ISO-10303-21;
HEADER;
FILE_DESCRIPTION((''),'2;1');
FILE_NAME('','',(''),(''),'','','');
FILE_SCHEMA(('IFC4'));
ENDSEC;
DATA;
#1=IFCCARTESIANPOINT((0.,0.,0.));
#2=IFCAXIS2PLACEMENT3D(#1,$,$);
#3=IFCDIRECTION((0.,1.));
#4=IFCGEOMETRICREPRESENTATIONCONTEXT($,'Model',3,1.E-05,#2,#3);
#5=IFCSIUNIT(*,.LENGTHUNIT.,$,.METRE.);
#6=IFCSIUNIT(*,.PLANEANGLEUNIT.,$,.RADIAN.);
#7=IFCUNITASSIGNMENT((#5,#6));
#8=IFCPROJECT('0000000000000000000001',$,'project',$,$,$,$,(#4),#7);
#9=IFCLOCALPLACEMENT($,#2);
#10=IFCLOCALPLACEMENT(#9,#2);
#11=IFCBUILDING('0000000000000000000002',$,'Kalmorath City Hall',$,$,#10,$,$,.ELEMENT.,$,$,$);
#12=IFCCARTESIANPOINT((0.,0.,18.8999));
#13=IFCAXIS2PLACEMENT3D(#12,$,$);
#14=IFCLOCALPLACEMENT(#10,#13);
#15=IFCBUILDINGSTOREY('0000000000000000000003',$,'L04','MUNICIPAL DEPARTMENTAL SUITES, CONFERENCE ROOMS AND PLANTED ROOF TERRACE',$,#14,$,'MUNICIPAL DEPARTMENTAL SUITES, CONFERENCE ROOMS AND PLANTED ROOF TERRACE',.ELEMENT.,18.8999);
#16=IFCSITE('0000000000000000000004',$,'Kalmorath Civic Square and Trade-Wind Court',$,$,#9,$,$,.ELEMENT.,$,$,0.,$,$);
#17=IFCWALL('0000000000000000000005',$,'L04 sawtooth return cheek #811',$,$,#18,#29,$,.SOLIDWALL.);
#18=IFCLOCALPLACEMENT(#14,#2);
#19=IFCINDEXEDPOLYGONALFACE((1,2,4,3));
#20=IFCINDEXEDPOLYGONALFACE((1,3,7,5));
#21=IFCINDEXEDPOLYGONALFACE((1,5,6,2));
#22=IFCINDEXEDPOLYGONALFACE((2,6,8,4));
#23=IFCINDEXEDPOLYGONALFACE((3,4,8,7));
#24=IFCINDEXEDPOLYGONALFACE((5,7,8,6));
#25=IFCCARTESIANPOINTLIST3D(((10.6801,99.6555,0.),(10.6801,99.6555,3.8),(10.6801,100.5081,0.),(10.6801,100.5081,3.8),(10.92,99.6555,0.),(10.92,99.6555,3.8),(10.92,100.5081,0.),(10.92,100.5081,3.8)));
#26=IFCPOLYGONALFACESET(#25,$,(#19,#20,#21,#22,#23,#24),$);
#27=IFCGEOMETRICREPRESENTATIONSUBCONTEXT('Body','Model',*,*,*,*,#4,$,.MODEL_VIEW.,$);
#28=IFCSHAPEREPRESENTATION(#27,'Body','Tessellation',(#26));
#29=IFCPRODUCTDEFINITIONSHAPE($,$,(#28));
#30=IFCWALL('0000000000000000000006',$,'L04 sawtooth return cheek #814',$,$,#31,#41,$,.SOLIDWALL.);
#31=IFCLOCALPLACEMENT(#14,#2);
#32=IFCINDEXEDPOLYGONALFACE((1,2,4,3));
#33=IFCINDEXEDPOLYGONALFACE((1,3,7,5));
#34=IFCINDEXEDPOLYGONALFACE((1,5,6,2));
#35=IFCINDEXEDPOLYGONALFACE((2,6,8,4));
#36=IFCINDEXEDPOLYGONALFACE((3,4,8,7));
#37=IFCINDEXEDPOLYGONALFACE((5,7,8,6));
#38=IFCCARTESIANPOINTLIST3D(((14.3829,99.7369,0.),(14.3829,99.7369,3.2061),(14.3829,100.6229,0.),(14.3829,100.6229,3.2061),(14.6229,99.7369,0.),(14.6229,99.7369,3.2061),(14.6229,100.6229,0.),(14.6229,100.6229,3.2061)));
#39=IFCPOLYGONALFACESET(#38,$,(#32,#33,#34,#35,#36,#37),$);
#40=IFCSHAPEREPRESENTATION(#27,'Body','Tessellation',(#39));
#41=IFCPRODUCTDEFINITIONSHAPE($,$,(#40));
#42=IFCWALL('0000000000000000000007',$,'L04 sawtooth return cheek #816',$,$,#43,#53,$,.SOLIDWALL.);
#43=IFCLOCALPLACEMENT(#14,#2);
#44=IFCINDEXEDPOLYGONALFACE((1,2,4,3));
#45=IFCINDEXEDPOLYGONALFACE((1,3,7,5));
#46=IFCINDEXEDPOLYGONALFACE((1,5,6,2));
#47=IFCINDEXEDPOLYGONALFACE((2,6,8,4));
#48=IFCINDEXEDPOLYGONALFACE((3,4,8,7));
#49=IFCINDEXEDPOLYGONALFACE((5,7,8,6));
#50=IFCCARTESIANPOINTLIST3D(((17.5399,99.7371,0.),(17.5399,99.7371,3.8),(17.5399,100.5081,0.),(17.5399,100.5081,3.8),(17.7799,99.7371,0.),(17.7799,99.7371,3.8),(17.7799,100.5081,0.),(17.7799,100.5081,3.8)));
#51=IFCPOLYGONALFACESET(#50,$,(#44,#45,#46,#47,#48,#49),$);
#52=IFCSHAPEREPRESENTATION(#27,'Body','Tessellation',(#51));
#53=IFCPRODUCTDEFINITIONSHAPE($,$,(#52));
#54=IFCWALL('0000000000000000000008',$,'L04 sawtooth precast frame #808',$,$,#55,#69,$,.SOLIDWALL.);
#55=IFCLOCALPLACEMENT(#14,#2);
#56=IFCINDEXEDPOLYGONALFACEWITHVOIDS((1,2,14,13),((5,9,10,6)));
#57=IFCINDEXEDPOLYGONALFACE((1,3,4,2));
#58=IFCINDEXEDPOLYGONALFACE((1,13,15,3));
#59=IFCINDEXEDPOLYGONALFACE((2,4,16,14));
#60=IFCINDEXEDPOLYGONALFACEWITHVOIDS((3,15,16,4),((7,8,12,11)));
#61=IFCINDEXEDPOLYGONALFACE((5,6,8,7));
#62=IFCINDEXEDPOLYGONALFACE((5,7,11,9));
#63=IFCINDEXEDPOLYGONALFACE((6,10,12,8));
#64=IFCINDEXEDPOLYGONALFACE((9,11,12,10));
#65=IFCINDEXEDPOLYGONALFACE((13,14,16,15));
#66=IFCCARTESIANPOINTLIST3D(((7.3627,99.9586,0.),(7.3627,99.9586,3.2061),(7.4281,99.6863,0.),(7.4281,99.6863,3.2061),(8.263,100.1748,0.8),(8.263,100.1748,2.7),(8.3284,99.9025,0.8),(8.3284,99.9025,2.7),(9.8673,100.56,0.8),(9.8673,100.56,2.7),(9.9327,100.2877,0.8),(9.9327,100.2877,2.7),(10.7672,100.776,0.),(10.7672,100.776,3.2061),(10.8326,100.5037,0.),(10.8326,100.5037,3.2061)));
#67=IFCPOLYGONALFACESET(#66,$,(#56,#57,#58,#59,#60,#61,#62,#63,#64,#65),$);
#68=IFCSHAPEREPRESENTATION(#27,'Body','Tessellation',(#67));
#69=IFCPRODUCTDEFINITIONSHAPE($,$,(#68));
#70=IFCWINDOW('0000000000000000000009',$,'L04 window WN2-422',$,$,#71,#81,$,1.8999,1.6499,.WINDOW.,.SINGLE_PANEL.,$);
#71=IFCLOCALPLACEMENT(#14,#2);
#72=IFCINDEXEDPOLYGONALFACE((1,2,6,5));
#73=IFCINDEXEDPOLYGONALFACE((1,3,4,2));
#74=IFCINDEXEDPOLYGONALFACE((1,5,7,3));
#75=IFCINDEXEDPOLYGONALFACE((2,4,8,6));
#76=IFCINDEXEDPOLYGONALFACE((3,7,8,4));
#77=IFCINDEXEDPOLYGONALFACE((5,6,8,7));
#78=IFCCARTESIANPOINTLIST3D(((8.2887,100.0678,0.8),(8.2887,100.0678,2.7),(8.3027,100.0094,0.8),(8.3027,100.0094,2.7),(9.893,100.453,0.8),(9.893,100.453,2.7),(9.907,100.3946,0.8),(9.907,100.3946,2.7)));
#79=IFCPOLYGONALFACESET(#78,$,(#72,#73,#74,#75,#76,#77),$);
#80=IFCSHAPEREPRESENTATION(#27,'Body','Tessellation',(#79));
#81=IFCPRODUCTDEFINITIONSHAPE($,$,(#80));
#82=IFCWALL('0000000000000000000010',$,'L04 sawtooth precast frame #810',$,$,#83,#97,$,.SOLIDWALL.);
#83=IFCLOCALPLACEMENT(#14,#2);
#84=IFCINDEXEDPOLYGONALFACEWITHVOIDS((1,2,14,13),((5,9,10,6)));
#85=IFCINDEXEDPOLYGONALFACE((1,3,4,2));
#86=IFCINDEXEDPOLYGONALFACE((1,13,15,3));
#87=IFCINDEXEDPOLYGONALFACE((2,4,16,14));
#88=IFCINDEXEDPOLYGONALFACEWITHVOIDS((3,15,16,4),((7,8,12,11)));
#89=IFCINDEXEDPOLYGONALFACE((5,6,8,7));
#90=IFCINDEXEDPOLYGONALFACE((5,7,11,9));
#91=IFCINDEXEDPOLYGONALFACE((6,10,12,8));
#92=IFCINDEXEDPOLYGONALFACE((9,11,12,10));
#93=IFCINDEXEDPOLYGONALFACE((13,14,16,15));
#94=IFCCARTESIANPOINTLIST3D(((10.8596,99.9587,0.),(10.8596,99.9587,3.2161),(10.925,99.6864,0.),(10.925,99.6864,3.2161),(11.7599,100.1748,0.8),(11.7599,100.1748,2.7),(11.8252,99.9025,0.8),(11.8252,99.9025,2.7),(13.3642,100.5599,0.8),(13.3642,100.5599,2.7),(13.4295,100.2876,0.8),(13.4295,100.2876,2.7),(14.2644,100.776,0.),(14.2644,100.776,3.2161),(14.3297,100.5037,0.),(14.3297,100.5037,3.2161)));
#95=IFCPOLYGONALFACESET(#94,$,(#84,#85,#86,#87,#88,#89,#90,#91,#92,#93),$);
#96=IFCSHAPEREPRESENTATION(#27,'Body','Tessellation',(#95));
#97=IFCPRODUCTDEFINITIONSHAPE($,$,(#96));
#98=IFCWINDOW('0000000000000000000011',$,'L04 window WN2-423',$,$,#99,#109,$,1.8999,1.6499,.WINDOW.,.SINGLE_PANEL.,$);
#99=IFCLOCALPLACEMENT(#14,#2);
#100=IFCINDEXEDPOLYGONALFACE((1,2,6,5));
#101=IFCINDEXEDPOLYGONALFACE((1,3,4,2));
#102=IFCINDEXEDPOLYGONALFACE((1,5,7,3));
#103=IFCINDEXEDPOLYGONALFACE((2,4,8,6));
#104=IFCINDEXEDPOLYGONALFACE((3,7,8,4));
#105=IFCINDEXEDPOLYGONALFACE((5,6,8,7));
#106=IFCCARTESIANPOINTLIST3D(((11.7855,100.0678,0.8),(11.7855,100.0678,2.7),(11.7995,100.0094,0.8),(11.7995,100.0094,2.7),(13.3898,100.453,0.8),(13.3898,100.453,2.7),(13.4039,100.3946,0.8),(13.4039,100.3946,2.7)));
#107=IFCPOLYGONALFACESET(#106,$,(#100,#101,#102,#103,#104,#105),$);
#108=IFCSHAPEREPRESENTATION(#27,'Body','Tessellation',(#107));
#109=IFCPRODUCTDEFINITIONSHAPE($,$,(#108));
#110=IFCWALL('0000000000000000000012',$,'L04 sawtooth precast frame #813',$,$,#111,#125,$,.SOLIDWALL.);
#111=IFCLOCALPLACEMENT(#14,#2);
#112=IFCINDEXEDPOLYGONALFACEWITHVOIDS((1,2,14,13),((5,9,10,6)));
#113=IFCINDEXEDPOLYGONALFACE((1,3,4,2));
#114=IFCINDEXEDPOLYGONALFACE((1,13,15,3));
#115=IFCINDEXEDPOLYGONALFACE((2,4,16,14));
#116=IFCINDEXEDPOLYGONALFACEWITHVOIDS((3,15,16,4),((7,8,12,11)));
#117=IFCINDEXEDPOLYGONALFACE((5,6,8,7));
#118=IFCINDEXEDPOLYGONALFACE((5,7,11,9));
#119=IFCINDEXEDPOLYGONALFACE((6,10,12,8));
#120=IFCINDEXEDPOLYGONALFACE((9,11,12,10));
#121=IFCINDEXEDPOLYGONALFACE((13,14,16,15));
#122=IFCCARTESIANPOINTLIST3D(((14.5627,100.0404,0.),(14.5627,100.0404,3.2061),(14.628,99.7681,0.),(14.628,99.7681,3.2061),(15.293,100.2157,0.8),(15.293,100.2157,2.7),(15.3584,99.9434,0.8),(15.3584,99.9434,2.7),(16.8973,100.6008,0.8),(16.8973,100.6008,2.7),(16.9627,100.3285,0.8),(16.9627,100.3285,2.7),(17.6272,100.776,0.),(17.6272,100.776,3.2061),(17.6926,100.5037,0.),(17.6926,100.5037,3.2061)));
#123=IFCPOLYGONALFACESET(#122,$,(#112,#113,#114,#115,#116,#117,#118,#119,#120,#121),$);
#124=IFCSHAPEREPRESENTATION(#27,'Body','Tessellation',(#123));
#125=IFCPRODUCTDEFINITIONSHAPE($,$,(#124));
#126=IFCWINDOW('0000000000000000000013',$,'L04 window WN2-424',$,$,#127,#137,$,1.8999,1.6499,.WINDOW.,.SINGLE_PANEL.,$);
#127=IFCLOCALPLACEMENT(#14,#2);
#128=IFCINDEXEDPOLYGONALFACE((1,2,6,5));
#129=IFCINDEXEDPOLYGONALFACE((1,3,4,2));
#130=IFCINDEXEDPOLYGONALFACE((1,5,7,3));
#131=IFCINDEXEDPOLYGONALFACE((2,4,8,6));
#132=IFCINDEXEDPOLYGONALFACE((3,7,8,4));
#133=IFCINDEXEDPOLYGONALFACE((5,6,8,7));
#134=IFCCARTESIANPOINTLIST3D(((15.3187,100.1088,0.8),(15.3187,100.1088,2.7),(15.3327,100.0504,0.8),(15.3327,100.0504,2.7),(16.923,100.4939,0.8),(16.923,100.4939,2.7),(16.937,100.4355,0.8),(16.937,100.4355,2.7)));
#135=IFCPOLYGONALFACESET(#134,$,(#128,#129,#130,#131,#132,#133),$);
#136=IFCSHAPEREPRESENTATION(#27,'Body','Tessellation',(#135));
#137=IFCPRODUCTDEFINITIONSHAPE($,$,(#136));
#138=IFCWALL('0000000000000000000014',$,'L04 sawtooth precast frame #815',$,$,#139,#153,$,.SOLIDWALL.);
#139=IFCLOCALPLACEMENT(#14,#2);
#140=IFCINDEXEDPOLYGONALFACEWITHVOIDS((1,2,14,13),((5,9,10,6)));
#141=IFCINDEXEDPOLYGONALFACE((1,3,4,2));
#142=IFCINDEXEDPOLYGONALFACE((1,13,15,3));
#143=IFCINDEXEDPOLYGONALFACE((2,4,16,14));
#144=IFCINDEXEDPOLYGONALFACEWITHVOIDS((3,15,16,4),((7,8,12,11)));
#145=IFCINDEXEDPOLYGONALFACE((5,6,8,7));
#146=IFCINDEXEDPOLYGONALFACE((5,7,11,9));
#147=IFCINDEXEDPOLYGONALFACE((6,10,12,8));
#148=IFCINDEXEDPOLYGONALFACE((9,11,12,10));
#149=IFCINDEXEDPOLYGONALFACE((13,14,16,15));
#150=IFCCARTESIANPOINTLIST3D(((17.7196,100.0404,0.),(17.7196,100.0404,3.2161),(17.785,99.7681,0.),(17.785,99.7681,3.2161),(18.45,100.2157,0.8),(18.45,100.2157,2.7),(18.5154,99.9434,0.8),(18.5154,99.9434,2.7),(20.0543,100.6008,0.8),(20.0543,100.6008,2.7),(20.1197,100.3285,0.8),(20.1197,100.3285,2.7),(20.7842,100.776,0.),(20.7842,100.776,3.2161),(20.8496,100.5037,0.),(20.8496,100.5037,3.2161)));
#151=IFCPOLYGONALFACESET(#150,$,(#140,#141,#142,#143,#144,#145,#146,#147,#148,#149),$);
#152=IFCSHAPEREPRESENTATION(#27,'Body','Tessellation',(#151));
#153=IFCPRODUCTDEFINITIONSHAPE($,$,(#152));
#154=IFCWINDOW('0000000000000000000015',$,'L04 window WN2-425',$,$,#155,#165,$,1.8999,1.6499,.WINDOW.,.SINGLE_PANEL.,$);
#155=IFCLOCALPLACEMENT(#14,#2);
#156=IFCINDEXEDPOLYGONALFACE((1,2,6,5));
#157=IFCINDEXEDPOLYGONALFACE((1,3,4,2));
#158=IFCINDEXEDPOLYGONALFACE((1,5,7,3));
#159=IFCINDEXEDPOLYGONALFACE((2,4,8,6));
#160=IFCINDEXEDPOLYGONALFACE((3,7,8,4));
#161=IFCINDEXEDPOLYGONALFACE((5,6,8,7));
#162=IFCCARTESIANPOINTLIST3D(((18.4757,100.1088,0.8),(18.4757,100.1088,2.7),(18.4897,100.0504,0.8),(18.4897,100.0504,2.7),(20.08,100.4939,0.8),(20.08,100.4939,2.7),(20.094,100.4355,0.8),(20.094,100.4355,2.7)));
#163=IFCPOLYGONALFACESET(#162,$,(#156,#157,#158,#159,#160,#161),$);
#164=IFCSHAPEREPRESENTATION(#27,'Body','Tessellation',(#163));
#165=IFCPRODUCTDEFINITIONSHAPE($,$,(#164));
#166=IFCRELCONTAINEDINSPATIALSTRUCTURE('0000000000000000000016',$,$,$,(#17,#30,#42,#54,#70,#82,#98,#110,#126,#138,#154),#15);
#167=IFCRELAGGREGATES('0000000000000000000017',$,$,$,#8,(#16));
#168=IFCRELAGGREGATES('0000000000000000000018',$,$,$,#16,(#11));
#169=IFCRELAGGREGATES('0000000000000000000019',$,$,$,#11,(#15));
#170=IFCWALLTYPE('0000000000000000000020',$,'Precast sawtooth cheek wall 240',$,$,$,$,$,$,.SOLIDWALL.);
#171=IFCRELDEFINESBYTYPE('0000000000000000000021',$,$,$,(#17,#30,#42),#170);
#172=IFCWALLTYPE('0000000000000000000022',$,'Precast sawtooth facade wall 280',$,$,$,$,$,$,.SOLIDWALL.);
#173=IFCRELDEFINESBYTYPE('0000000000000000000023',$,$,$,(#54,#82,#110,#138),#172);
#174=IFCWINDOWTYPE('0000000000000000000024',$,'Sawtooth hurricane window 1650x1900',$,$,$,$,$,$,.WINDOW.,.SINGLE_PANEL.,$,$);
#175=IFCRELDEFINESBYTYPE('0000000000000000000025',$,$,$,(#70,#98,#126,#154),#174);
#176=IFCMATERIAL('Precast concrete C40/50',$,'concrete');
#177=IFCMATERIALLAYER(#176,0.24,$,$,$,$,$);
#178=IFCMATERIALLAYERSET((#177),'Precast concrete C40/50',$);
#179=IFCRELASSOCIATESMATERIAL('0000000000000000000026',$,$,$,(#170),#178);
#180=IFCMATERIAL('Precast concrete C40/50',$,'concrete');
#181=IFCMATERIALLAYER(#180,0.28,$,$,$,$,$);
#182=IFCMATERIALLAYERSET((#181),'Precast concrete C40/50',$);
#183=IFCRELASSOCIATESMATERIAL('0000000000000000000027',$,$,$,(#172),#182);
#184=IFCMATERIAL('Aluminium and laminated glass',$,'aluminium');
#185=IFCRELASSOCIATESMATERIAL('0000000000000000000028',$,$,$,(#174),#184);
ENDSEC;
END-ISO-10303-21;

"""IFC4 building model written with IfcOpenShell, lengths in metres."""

from ifc_helpers import new_model, si_unit, direction, frame, frame_2d, origin, place, context, subcontext, project, spatial, rectangle, extrude, material, layer, layer_set, type_object, element, fill, save


model = new_model("IFC4")

# Units and contexts
model_context = context("Model", 3, precision=1e-05, world=origin(), true_north=direction((0.0, 1.0)))
body_context = subcontext(model_context, "Body", "Model", "MODEL_VIEW")
ifc_project = project(units=[si_unit("LENGTHUNIT", "METRE"), si_unit("PLANEANGLEUNIT", "RADIAN")], contexts=[model_context])

# Site, building, storey
site_placement = place(None, origin())
site = spatial("IfcSite", under=ifc_project, at=site_placement, Name="Kalmorath Civic Square and Trade-Wind Court", CompositionType="ELEMENT", RefElevation=0.0)
building_placement = place(site_placement, origin())
building = spatial("IfcBuilding", under=site, at=building_placement, Name="Kalmorath City Hall", CompositionType="ELEMENT")
storey_placement = place(building_placement, frame((0.0, 0.0, 18.8999)))
storey = spatial("IfcBuildingStorey", under=building, at=storey_placement, Name="L04", Description="MUNICIPAL DEPARTMENTAL SUITES, CONFERENCE ROOMS AND PLANTED ROOF TERRACE", LongName="MUNICIPAL DEPARTMENTAL SUITES, CONFERENCE ROOMS AND PLANTED ROOF TERRACE", CompositionType="ELEMENT", Elevation=18.8999)

# Walls
ifc_material_1 = material(Name="Precast concrete C40/50", Category="concrete")
ifc_layer_1 = layer(ifc_material_1, 0.24)
ifc_layer_set_1 = layer_set([ifc_layer_1], Name="Precast concrete C40/50")
wall_type_1 = type_object("IfcWallType", Name="Precast sawtooth cheek wall 240", PredefinedType="SOLIDWALL", material=ifc_layer_set_1)
wall_1_placement = place(storey_placement, frame((10.8, 99.6555, 0.0), z_axis=(0.0, 0.0, 1.0), x_axis=(0.0, 1.0, 0.0)))
element("IfcWall", 1, at=wall_1_placement, inside=storey, type_object=wall_type_1, Name="L04 sawtooth return cheek #811", PredefinedType="SOLIDWALL", context=body_context, shape_type="SweptSolid", body=[
    extrude(rectangle(XDim=0.8525, YDim=0.24, at=frame_2d((0.4263, 0.0))), origin(), (0.0, 0.0, 1.0), 3.8),
])
wall_2_placement = place(storey_placement, frame((14.5029, 99.7371, 0.0), z_axis=(0.0, 0.0, 1.0), x_axis=(0.0, 1.0, 0.0)))
element("IfcWall", 2, at=wall_2_placement, inside=storey, type_object=wall_type_1, Name="L04 sawtooth return cheek #814", PredefinedType="SOLIDWALL", context=body_context, shape_type="SweptSolid", body=[
    extrude(rectangle(XDim=0.886, YDim=0.24, at=frame_2d((0.4429, 0.0))), origin(), (0.0, 0.0, 1.0), 3.2061),
])
wall_3_placement = place(storey_placement, frame((17.6599, 99.7371, 0.0), z_axis=(0.0, 0.0, 1.0), x_axis=(0.0, 1.0, 0.0)))
element("IfcWall", 3, at=wall_3_placement, inside=storey, type_object=wall_type_1, Name="L04 sawtooth return cheek #816", PredefinedType="SOLIDWALL", context=body_context, shape_type="SweptSolid", body=[
    extrude(rectangle(XDim=0.771, YDim=0.24, at=frame_2d((0.3855, 0.0))), origin(), (0.0, 0.0, 1.0), 3.8),
])

# Walls, openings, windows
ifc_material_2 = material(Name="Precast concrete C40/50", Category="concrete")
ifc_layer_2 = layer(ifc_material_2, 0.28)
ifc_layer_set_2 = layer_set([ifc_layer_2], Name="Precast concrete C40/50")
wall_type_2 = type_object("IfcWallType", Name="Precast sawtooth facade wall 280", PredefinedType="SOLIDWALL", material=ifc_layer_set_2)
wall_4_placement = place(storey_placement, frame((7.3955, 99.8225, 0.0), z_axis=(0.0, 0.0, 1.0), x_axis=(0.972368, 0.233452, 0.0)))
wall_4 = element("IfcWall", 4, at=wall_4_placement, inside=storey, type_object=wall_type_2, Name="L04 sawtooth precast frame #808", PredefinedType="SOLIDWALL", context=body_context, shape_type="SweptSolid", body=[
    extrude(rectangle(XDim=3.5012, YDim=0.28, at=frame_2d((1.7505, 0.0))), origin(), (0.0, 0.0, 1.0), 3.2061),
])
opening_1_placement = place(wall_4_placement, frame((0.9258, 0.0, 0.8)))
opening_1 = element("IfcOpeningElement", 5, at=opening_1_placement, cuts=wall_4, PredefinedType="OPENING", context=body_context, shape_type="SweptSolid", body=[
    extrude(rectangle(XDim=1.6499, YDim=1.8999, at=frame_2d((0.825, 0.95))), frame((0.0, 0.1499, 0.0), z_axis=(0.0, -1.0, 0.0), x_axis=(1.0, 0.0, 0.0)), (0.0, 0.0, 1.0), 0.3),
])
ifc_material_3 = material(Name="Aluminium and laminated glass", Category="aluminium")
window_type = type_object("IfcWindowType", Name="Sawtooth hurricane window 1650x1900", PartitioningType="SINGLE_PANEL", PredefinedType="WINDOW", material=ifc_material_3)
window_1_placement = place(opening_1_placement, origin())
window_1 = element("IfcWindow", 6, at=window_1_placement, inside=storey, type_object=window_type, Name="L04 window WN2-422", OverallHeight=1.8999, OverallWidth=1.6499, PartitioningType="SINGLE_PANEL", PredefinedType="WINDOW", context=body_context, shape_type="SweptSolid", body=[
    extrude(rectangle(XDim=1.6499, YDim=1.8999, at=frame_2d((0.825, 0.95))), frame((0.0, 0.03, 0.0), z_axis=(0.0, -1.0, 0.0), x_axis=(1.0, 0.0, 0.0)), (0.0, 0.0, 1.0), 0.0601),
])
fill(opening_1, window_1)
wall_5_placement = place(storey_placement, frame((10.8923, 99.8225, 0.0), z_axis=(0.0, 0.0, 1.0), x_axis=(0.972372, 0.233436, 0.0)))
wall_5 = element("IfcWall", 7, at=wall_5_placement, inside=storey, type_object=wall_type_2, Name="L04 sawtooth precast frame #810", PredefinedType="SOLIDWALL", context=body_context, shape_type="SweptSolid", body=[
    extrude(rectangle(XDim=3.5015, YDim=0.28, at=frame_2d((1.7507, 0.0))), origin(), (0.0, 0.0, 1.0), 3.2161),
])
opening_2_placement = place(wall_5_placement, frame((0.9258, 0.0, 0.8)))
opening_2 = element("IfcOpeningElement", 8, at=opening_2_placement, cuts=wall_5, PredefinedType="OPENING", context=body_context, shape_type="SweptSolid", body=[
    extrude(rectangle(XDim=1.6499, YDim=1.8999, at=frame_2d((0.825, 0.95))), frame((0.0, 0.1499, 0.0), z_axis=(0.0, -1.0, 0.0), x_axis=(1.0, 0.0, 0.0)), (0.0, 0.0, 1.0), 0.3),
])
window_2_placement = place(opening_2_placement, origin())
window_2 = element("IfcWindow", 9, at=window_2_placement, inside=storey, type_object=window_type, Name="L04 window WN2-423", OverallHeight=1.8999, OverallWidth=1.6499, PartitioningType="SINGLE_PANEL", PredefinedType="WINDOW", context=body_context, shape_type="SweptSolid", body=[
    extrude(rectangle(XDim=1.6499, YDim=1.8999, at=frame_2d((0.825, 0.95))), frame((0.0, 0.03, 0.0), z_axis=(0.0, -1.0, 0.0), x_axis=(1.0, 0.0, 0.0)), (0.0, 0.0, 1.0), 0.0601),
])
fill(opening_2, window_2)
wall_6_placement = place(storey_placement, frame((14.5955, 99.9043, 0.0), z_axis=(0.0, 0.0, 1.0), x_axis=(0.972378, 0.233411, 0.0)))
wall_6 = element("IfcWall", 10, at=wall_6_placement, inside=storey, type_object=wall_type_2, Name="L04 sawtooth precast frame #813", PredefinedType="SOLIDWALL", context=body_context, shape_type="SweptSolid", body=[
    extrude(rectangle(XDim=3.1516, YDim=0.28, at=frame_2d((1.5757, 0.0))), origin(), (0.0, 0.0, 1.0), 3.2061),
])
opening_3_placement = place(wall_6_placement, frame((0.751, 0.0, 0.8)))
opening_3 = element("IfcOpeningElement", 11, at=opening_3_placement, cuts=wall_6, PredefinedType="OPENING", context=body_context, shape_type="SweptSolid", body=[
    extrude(rectangle(XDim=1.6499, YDim=1.8999, at=frame_2d((0.825, 0.95))), frame((0.0, 0.1499, 0.0), z_axis=(0.0, -1.0, 0.0), x_axis=(1.0, 0.0, 0.0)), (0.0, 0.0, 1.0), 0.3),
])
window_3_placement = place(opening_3_placement, origin())
window_3 = element("IfcWindow", 12, at=window_3_placement, inside=storey, type_object=window_type, Name="L04 window WN2-424", OverallHeight=1.8999, OverallWidth=1.6499, PartitioningType="SINGLE_PANEL", PredefinedType="WINDOW", context=body_context, shape_type="SweptSolid", body=[
    extrude(rectangle(XDim=1.6499, YDim=1.8999, at=frame_2d((0.825, 0.95))), frame((0.0, 0.03, 0.0), z_axis=(0.0, -1.0, 0.0), x_axis=(1.0, 0.0, 0.0)), (0.0, 0.0, 1.0), 0.0601),
])
fill(opening_3, window_3)
wall_7_placement = place(storey_placement, frame((17.7524, 99.9043, 0.0), z_axis=(0.0, 0.0, 1.0), x_axis=(0.972378, 0.233411, 0.0)))
wall_7 = element("IfcWall", 13, at=wall_7_placement, inside=storey, type_object=wall_type_2, Name="L04 sawtooth precast frame #815", PredefinedType="SOLIDWALL", context=body_context, shape_type="SweptSolid", body=[
    extrude(rectangle(XDim=3.1516, YDim=0.28, at=frame_2d((1.5757, 0.0))), origin(), (0.0, 0.0, 1.0), 3.2161),
])
opening_4_placement = place(wall_7_placement, frame((0.751, 0.0, 0.8)))
opening_4 = element("IfcOpeningElement", 14, at=opening_4_placement, cuts=wall_7, PredefinedType="OPENING", context=body_context, shape_type="SweptSolid", body=[
    extrude(rectangle(XDim=1.6499, YDim=1.8999, at=frame_2d((0.825, 0.95))), frame((0.0, 0.1499, 0.0), z_axis=(0.0, -1.0, 0.0), x_axis=(1.0, 0.0, 0.0)), (0.0, 0.0, 1.0), 0.3),
])
window_4_placement = place(opening_4_placement, origin())
window_4 = element("IfcWindow", 15, at=window_4_placement, inside=storey, type_object=window_type, Name="L04 window WN2-425", OverallHeight=1.8999, OverallWidth=1.6499, PartitioningType="SINGLE_PANEL", PredefinedType="WINDOW", context=body_context, shape_type="SweptSolid", body=[
    extrude(rectangle(XDim=1.6499, YDim=1.8999, at=frame_2d((0.825, 0.95))), frame((0.0, 0.03, 0.0), z_axis=(0.0, -1.0, 0.0), x_axis=(1.0, 0.0, 0.0)), (0.0, 0.0, 1.0), 0.0601),
])
fill(opening_4, window_4)

save(model, "model.ifc")
